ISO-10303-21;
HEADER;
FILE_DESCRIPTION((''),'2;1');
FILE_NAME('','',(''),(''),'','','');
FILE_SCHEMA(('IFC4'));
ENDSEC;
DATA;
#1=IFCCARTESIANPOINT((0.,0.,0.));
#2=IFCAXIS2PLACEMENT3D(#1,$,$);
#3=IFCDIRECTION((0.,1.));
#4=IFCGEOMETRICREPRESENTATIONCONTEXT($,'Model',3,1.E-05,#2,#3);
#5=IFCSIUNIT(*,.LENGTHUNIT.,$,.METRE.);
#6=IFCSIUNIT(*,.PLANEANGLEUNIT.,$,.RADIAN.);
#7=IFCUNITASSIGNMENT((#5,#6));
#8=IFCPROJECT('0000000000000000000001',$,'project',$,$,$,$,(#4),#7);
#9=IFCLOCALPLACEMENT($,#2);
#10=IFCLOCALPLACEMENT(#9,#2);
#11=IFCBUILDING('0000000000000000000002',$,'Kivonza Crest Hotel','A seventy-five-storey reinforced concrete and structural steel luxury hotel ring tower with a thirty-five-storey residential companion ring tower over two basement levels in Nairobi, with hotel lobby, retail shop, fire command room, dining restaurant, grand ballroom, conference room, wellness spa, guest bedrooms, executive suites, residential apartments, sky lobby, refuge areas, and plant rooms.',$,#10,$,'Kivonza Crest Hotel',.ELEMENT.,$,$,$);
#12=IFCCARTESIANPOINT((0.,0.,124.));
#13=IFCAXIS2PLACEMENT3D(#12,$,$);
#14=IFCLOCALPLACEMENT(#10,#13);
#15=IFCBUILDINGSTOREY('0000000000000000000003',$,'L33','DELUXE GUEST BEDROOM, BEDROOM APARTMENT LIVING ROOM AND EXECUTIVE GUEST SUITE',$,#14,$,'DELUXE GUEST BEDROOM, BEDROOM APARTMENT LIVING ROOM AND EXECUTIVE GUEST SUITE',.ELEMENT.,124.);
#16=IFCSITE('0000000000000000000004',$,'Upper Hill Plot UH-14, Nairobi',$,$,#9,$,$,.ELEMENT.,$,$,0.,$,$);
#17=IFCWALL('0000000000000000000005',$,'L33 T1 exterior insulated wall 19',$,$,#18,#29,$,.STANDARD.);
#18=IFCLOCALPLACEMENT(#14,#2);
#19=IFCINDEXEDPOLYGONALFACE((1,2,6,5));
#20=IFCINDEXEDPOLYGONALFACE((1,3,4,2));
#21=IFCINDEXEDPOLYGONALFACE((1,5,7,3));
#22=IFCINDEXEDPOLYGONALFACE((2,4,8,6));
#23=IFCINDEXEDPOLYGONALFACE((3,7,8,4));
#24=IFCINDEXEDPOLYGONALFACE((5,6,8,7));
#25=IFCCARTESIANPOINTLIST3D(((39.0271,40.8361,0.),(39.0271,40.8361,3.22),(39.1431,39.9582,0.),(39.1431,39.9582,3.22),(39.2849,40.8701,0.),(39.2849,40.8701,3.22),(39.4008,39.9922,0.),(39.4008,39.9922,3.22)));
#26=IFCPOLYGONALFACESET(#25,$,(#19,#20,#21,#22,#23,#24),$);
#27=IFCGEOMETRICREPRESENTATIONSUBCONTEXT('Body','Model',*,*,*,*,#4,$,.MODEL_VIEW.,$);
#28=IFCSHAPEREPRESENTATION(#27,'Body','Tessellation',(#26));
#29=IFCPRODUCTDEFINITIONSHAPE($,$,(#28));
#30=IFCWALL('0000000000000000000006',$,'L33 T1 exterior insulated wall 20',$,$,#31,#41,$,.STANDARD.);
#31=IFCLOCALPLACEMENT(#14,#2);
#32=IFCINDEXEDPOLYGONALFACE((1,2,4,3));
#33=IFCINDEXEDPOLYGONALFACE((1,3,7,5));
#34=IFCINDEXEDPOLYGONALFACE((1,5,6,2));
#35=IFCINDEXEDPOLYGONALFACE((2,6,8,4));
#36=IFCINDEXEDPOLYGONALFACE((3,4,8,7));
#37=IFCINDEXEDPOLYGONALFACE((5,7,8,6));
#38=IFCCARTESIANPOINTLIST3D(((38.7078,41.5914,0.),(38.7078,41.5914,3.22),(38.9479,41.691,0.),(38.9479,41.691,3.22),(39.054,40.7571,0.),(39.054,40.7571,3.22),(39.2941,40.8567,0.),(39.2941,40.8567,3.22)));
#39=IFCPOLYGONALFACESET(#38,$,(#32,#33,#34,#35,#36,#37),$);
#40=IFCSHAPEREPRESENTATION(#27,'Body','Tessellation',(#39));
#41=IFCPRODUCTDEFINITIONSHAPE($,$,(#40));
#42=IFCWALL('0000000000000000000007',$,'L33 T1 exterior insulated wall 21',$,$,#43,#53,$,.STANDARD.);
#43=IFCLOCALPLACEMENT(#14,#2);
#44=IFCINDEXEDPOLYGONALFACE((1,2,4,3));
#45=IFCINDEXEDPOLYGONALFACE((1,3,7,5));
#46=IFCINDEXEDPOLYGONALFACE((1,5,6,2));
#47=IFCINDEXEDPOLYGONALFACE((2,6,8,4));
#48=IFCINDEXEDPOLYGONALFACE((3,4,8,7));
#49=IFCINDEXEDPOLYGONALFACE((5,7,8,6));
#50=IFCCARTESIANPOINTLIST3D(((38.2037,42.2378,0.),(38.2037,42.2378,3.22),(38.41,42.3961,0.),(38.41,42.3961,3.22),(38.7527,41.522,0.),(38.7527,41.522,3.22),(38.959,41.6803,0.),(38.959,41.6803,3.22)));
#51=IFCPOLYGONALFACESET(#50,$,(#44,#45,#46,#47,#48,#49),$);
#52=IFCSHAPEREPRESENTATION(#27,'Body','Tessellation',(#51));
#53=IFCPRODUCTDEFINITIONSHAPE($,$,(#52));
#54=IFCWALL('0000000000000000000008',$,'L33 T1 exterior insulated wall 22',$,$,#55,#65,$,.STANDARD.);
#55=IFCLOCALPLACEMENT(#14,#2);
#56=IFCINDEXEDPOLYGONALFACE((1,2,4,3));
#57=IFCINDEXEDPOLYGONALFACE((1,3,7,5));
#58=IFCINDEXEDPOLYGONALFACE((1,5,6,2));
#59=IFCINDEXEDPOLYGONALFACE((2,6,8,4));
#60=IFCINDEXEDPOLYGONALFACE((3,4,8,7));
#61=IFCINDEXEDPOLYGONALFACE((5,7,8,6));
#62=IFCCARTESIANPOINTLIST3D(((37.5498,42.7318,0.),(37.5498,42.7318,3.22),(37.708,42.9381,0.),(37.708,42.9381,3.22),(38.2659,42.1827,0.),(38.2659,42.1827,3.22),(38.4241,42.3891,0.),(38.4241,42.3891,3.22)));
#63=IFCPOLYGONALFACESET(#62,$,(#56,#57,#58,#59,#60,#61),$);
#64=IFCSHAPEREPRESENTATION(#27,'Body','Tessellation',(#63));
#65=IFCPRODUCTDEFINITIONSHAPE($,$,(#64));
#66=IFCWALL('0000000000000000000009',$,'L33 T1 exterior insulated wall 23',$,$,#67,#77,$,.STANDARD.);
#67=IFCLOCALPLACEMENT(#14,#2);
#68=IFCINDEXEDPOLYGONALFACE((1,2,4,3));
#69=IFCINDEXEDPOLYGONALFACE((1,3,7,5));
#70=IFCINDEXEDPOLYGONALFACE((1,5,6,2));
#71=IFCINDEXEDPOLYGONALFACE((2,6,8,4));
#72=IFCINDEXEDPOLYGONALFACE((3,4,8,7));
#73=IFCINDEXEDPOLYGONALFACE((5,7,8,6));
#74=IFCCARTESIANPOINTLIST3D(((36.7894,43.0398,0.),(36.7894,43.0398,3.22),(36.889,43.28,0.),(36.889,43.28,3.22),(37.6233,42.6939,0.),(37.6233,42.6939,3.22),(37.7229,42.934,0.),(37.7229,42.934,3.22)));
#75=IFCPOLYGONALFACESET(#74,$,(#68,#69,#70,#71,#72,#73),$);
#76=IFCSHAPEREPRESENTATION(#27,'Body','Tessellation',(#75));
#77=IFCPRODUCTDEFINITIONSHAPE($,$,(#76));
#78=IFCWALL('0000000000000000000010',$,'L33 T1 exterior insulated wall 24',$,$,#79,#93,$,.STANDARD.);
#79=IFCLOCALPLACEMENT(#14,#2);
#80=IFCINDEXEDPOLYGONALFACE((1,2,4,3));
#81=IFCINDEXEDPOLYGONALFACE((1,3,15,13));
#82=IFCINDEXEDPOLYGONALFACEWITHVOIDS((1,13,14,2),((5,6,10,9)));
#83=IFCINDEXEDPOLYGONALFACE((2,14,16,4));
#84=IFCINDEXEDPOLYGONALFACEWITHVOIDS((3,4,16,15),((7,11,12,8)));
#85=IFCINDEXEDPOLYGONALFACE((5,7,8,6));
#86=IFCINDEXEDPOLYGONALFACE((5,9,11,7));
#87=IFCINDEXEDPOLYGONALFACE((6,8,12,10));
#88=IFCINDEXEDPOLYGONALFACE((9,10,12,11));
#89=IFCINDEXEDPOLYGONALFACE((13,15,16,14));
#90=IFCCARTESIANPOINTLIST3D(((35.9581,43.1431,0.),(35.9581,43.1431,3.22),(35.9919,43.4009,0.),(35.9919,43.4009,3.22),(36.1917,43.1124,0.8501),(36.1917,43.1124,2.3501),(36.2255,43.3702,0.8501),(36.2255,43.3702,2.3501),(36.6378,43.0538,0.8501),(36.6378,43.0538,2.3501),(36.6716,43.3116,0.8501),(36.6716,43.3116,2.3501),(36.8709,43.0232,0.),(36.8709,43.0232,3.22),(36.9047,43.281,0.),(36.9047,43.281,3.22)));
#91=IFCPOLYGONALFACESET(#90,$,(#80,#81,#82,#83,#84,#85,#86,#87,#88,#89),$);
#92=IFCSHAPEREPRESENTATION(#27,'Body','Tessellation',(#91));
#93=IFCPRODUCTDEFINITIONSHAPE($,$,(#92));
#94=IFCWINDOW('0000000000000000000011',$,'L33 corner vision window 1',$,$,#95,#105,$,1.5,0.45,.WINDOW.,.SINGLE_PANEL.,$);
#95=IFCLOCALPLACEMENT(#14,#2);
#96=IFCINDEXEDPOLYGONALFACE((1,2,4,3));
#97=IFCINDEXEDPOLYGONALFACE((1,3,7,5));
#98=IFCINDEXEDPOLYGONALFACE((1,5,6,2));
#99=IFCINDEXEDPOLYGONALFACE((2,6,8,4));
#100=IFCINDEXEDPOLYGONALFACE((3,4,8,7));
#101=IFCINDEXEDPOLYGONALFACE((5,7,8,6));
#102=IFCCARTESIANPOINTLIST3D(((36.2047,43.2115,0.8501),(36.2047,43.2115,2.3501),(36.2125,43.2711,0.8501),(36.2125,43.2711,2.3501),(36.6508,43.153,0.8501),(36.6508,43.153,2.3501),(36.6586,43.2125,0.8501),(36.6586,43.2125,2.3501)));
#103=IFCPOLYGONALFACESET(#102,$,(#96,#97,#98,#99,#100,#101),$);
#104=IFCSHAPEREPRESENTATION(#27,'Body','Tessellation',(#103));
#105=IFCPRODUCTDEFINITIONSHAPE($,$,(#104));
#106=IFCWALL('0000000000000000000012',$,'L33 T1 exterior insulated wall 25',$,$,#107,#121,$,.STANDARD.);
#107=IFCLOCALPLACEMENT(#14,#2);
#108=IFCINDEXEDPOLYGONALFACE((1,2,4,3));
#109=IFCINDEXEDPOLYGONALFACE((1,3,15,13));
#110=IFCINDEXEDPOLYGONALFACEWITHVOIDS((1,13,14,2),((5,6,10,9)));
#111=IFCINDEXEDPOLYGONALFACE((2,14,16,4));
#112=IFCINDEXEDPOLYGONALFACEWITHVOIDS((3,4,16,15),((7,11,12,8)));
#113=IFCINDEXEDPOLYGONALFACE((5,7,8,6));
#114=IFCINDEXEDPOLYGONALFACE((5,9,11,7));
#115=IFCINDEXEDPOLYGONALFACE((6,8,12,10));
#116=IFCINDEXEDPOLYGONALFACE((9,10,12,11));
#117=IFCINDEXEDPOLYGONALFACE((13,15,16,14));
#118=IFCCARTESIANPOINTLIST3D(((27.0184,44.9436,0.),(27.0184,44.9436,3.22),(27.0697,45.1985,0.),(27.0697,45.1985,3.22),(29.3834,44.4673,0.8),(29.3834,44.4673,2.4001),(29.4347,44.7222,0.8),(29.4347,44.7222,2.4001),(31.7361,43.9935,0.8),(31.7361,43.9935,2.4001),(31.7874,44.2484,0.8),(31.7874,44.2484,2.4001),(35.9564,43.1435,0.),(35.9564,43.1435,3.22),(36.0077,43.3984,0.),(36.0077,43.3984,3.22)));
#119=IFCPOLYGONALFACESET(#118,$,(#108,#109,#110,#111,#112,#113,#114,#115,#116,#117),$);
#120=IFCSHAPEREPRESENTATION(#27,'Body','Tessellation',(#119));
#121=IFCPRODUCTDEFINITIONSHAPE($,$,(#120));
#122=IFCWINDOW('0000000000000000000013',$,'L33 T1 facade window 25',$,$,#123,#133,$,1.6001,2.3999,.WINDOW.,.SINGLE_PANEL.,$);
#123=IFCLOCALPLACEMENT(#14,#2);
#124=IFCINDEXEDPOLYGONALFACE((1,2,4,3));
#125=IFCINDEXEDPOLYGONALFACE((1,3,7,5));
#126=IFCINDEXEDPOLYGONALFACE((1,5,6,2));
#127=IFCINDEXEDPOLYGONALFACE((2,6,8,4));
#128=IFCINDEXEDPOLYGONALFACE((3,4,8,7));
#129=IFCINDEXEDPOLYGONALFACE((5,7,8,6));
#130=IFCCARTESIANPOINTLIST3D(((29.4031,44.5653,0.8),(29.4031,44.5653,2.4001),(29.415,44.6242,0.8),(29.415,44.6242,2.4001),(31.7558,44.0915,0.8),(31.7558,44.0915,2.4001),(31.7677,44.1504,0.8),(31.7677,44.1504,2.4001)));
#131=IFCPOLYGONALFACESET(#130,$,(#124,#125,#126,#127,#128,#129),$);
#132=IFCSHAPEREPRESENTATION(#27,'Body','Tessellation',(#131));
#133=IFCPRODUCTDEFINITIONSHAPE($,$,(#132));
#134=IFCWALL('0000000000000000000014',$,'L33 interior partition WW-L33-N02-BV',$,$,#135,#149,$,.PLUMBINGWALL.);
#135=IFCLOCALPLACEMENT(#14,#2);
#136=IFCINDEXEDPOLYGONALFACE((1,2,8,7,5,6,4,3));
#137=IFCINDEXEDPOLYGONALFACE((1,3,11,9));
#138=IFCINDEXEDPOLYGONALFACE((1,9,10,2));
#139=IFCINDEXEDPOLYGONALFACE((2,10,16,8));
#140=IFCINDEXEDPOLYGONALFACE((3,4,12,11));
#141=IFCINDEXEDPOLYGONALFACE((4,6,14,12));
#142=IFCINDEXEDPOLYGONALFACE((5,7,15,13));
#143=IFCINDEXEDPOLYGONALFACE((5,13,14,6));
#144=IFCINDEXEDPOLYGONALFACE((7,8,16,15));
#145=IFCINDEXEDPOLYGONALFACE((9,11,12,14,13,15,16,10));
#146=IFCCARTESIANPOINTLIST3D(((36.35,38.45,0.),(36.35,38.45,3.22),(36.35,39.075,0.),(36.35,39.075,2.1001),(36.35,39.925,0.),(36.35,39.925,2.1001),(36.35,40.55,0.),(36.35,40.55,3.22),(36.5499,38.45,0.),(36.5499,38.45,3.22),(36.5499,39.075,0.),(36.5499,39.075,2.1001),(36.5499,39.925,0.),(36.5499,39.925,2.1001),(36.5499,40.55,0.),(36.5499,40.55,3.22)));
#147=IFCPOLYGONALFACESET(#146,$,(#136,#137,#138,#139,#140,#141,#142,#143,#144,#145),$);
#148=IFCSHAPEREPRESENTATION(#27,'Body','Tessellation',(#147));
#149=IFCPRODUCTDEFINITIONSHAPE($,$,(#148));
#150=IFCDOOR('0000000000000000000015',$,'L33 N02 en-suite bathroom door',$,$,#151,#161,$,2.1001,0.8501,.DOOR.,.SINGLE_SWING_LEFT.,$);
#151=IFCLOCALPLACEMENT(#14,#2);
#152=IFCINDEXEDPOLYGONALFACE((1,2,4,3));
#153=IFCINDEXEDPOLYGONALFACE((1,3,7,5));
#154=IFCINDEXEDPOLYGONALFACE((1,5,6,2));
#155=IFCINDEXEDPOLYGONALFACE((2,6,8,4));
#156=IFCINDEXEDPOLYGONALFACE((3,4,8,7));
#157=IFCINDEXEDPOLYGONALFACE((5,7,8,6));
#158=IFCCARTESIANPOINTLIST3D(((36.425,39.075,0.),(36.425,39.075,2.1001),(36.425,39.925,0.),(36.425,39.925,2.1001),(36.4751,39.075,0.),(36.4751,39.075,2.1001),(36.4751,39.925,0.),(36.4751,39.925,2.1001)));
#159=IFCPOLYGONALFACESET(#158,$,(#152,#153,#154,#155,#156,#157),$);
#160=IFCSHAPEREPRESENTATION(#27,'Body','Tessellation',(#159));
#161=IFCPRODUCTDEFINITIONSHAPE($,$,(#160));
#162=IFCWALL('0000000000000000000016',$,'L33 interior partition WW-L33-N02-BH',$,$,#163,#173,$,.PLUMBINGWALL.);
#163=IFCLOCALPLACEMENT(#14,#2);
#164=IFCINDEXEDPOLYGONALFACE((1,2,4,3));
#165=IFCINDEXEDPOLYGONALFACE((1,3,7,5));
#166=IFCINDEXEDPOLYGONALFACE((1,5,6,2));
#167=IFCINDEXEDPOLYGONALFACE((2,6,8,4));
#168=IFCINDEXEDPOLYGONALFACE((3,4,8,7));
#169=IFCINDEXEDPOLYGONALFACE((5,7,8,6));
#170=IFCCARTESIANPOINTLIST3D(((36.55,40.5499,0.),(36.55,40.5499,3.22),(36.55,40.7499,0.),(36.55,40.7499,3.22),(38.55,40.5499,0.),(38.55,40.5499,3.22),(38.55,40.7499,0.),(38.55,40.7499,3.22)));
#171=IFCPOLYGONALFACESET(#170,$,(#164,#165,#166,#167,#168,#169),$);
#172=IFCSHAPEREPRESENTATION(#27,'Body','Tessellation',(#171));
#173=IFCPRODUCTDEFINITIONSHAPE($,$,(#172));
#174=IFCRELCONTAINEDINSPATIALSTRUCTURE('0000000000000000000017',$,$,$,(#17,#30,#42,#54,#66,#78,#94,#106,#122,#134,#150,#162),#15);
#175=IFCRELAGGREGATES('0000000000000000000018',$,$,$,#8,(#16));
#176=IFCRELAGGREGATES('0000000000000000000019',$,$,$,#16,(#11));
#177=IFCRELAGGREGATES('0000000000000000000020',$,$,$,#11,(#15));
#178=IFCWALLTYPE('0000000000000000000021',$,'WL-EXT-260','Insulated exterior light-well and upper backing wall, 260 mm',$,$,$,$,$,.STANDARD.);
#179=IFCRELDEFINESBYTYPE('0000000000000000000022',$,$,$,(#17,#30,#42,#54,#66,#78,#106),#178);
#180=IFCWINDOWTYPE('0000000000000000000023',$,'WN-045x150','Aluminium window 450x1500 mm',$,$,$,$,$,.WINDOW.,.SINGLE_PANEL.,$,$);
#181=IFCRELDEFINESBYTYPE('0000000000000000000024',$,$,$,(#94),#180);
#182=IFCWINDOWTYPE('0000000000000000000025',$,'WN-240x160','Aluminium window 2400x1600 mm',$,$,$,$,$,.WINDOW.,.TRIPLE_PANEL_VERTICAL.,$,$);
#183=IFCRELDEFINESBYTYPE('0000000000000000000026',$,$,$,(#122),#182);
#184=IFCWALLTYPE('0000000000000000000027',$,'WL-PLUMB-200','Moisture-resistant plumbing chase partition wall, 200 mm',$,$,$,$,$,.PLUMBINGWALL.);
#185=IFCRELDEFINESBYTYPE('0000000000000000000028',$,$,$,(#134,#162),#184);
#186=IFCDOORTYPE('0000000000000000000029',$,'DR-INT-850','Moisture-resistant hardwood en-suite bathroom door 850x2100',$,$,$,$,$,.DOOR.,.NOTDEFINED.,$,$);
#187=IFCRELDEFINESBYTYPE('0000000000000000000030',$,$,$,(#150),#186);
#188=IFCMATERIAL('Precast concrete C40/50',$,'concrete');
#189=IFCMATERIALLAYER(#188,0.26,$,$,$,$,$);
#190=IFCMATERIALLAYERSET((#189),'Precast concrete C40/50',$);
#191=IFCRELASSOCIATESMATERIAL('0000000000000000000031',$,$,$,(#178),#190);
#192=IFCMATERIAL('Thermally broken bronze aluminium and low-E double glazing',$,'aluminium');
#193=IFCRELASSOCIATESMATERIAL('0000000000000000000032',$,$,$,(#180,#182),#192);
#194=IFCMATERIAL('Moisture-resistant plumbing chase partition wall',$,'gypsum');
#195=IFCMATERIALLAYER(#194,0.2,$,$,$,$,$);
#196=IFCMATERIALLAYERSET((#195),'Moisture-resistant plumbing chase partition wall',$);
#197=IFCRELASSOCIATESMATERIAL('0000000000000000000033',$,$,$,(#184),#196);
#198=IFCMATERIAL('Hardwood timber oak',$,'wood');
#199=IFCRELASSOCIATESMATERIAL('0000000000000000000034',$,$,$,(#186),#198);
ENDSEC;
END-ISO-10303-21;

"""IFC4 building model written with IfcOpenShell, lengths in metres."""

from ifc_helpers import new_model, si_unit, direction, frame, frame_2d, origin, place, context, subcontext, project, spatial, rectangle, extrude, material, layer, layer_set, type_object, element, fill, save


model = new_model("IFC4")

# Units and contexts
model_context = context("Model", 3, precision=1e-05, world=origin(), true_north=direction((0.0, 1.0)))
body_context = subcontext(model_context, "Body", "Model", "MODEL_VIEW")
ifc_project = project(units=[si_unit("LENGTHUNIT", "METRE"), si_unit("PLANEANGLEUNIT", "RADIAN")], contexts=[model_context])

# Site, building, storey
site_placement = place(None, origin())
site = spatial("IfcSite", under=ifc_project, at=site_placement, Name="Upper Hill Plot UH-14, Nairobi", CompositionType="ELEMENT", RefElevation=0.0)
building_placement = place(site_placement, origin())
building = spatial("IfcBuilding", under=site, at=building_placement, Name="Kivonza Crest Hotel", Description="A seventy-five-storey reinforced concrete and structural steel luxury hotel ring tower with a thirty-five-storey residential companion ring tower over two basement levels in Nairobi, with hotel lobby, retail shop, fire command room, dining restaurant, grand ballroom, conference room, wellness spa, guest bedrooms, executive suites, residential apartments, sky lobby, refuge areas, and plant rooms.", LongName="Kivonza Crest Hotel", CompositionType="ELEMENT")
storey_placement = place(building_placement, frame((0.0, 0.0, 124.0)))
storey = spatial("IfcBuildingStorey", under=building, at=storey_placement, Name="L33", Description="DELUXE GUEST BEDROOM, BEDROOM APARTMENT LIVING ROOM AND EXECUTIVE GUEST SUITE", LongName="DELUXE GUEST BEDROOM, BEDROOM APARTMENT LIVING ROOM AND EXECUTIVE GUEST SUITE", CompositionType="ELEMENT", Elevation=124.0)

# Shared definitions
ifc_material_1 = material(Name="Hardwood timber oak", Category="wood")

# Walls
ifc_material_2 = material(Name="Precast concrete C40/50", Category="concrete")
ifc_layer_1 = layer(ifc_material_2, 0.26)
ifc_layer_set_1 = layer_set([ifc_layer_1], Name="Precast concrete C40/50")
wall_type_1 = type_object("IfcWallType", Name="WL-EXT-260", Description="Insulated exterior light-well and upper backing wall, 260 mm", PredefinedType="STANDARD", material=ifc_layer_set_1)
wall_1_placement = place(storey_placement, frame((39.272, 39.9751, 0.0), z_axis=(0.0, 0.0, 1.0), x_axis=(-0.130954, 0.991388, 0.0)))
element("IfcWall", 1, at=wall_1_placement, inside=storey, type_object=wall_type_1, Name="L33 T1 exterior insulated wall 19", PredefinedType="STANDARD", context=body_context, shape_type="SweptSolid", body=[
    extrude(rectangle(XDim=0.8855, YDim=0.26, at=frame_2d((0.4429, 0.0))), origin(), (0.0, 0.0, 1.0), 3.22),
])
wall_2_placement = place(storey_placement, frame((39.1741, 40.8069, 0.0), z_axis=(0.0, 0.0, 1.0), x_axis=(-0.383291, 0.923628, 0.0)))
element("IfcWall", 2, at=wall_2_placement, inside=storey, type_object=wall_type_1, Name="L33 T1 exterior insulated wall 20", PredefinedType="STANDARD", context=body_context, shape_type="SweptSolid", body=[
    extrude(rectangle(XDim=0.9033, YDim=0.26, at=frame_2d((0.4517, 0.0))), origin(), (0.0, 0.0, 1.0), 3.22),
])
wall_3_placement = place(storey_placement, frame((38.856, 41.6011, 0.0), z_axis=(0.0, 0.0, 1.0), x_axis=(-0.608625, 0.793458, 0.0)))
element("IfcWall", 3, at=wall_3_placement, inside=storey, type_object=wall_type_1, Name="L33 T1 exterior insulated wall 21", PredefinedType="STANDARD", context=body_context, shape_type="SweptSolid", body=[
    extrude(rectangle(XDim=0.9021, YDim=0.26, at=frame_2d((0.4512, 0.0))), origin(), (0.0, 0.0, 1.0), 3.22),
])
wall_4_placement = place(storey_placement, frame((38.345, 42.2859, 0.0), z_axis=(0.0, 0.0, 1.0), x_axis=(-0.793558, 0.608494, 0.0)))
element("IfcWall", 4, at=wall_4_placement, inside=storey, type_object=wall_type_1, Name="L33 T1 exterior insulated wall 22", PredefinedType="STANDARD", context=body_context, shape_type="SweptSolid", body=[
    extrude(rectangle(XDim=0.9023, YDim=0.26, at=frame_2d((0.4512, 0.0))), origin(), (0.0, 0.0, 1.0), 3.22),
])
wall_5_placement = place(storey_placement, frame((37.6731, 42.814, 0.0), z_axis=(0.0, 0.0, 1.0), x_axis=(-0.923684, 0.383156, 0.0)))
element("IfcWall", 5, at=wall_5_placement, inside=storey, type_object=wall_type_1, Name="L33 T1 exterior insulated wall 23", PredefinedType="STANDARD", context=body_context, shape_type="SweptSolid", body=[
    extrude(rectangle(XDim=0.9028, YDim=0.26, at=frame_2d((0.4514, 0.0))), origin(), (0.0, 0.0, 1.0), 3.22),
])

# Walls, openings, windows
wall_6_placement = place(storey_placement, frame((36.8879, 43.1521, 0.0), z_axis=(0.0, 0.0, 1.0), x_axis=(-0.991488, 0.130201, 0.0)))
wall_6 = element("IfcWall", 6, at=wall_6_placement, inside=storey, type_object=wall_type_1, Name="L33 T1 exterior insulated wall 24", PredefinedType="STANDARD", context=body_context, shape_type="SweptSolid", body=[
    extrude(rectangle(XDim=0.9207, YDim=0.26, at=frame_2d((0.4604, 0.0))), origin(), (0.0, 0.0, 1.0), 3.22),
])
opening_1_placement = place(wall_6_placement, frame((0.2351, 0.0, 0.8501)))
opening_1 = element("IfcOpeningElement", 7, at=opening_1_placement, cuts=wall_6, PredefinedType="OPENING", context=body_context, shape_type="SweptSolid", body=[
    extrude(rectangle(XDim=0.45, YDim=1.5, at=frame_2d((0.2251, 0.75))), frame((0.0, 0.1401, 0.0), z_axis=(0.0, -1.0, 0.0), x_axis=(1.0, 0.0, 0.0)), (0.0, 0.0, 1.0), 0.28),
])
ifc_material_3 = material(Name="Thermally broken bronze aluminium and low-E double glazing", Category="aluminium")
window_type_1 = type_object("IfcWindowType", Name="WN-045x150", Description="Aluminium window 450x1500 mm", PartitioningType="SINGLE_PANEL", PredefinedType="WINDOW", material=ifc_material_3)
window_1_placement = place(opening_1_placement, origin())
window_1 = element("IfcWindow", 8, at=window_1_placement, inside=storey, type_object=window_type_1, Name="L33 corner vision window 1", OverallHeight=1.5, OverallWidth=0.45, PartitioningType="SINGLE_PANEL", PredefinedType="WINDOW", context=body_context, shape_type="SweptSolid", body=[
    extrude(rectangle(XDim=0.45, YDim=1.5, at=frame_2d((0.2251, 0.75))), frame((0.0, 0.03, 0.0), z_axis=(0.0, -1.0, 0.0), x_axis=(1.0, 0.0, 0.0)), (0.0, 0.0, 1.0), 0.0601),
])
fill(opening_1, window_1)
wall_7_placement = place(storey_placement, frame((35.9819, 43.271, 0.0), z_axis=(0.0, 0.0, 1.0), x_axis=(-0.980317, 0.197429, 0.0)))
wall_7 = element("IfcWall", 9, at=wall_7_placement, inside=storey, type_object=wall_type_1, Name="L33 T1 exterior insulated wall 25", PredefinedType="STANDARD", context=body_context, shape_type="SweptSolid", body=[
    extrude(rectangle(XDim=9.1174, YDim=0.26, at=frame_2d((4.5586, 0.0))), origin(), (0.0, 0.0, 1.0), 3.22),
])
opening_2_placement = place(wall_7_placement, frame((4.3049, 0.0, 0.8)))
opening_2 = element("IfcOpeningElement", 10, at=opening_2_placement, cuts=wall_7, PredefinedType="OPENING", context=body_context, shape_type="SweptSolid", body=[
    extrude(rectangle(XDim=2.3999, YDim=1.6001, at=frame_2d((1.2, 0.8))), frame((0.0, 0.1401, 0.0), z_axis=(0.0, -1.0, 0.0), x_axis=(1.0, 0.0, 0.0)), (0.0, 0.0, 1.0), 0.28),
])
window_type_2 = type_object("IfcWindowType", Name="WN-240x160", Description="Aluminium window 2400x1600 mm", PartitioningType="TRIPLE_PANEL_VERTICAL", PredefinedType="WINDOW", material=ifc_material_3)
window_2_placement = place(opening_2_placement, origin())
window_2 = element("IfcWindow", 11, at=window_2_placement, inside=storey, type_object=window_type_2, Name="L33 T1 facade window 25", OverallHeight=1.6001, OverallWidth=2.3999, PartitioningType="SINGLE_PANEL", PredefinedType="WINDOW", context=body_context, shape_type="SweptSolid", body=[
    extrude(rectangle(XDim=2.3999, YDim=1.6001, at=frame_2d((1.2, 0.8))), frame((0.0, 0.03, 0.0), z_axis=(0.0, -1.0, 0.0), x_axis=(1.0, 0.0, 0.0)), (0.0, 0.0, 1.0), 0.0601),
])
fill(opening_2, window_2)

# Wall, opening, door
ifc_material_4 = material(Name="Moisture-resistant plumbing chase partition wall", Category="gypsum")
ifc_layer_2 = layer(ifc_material_4, 0.2)
ifc_layer_set_2 = layer_set([ifc_layer_2], Name="Moisture-resistant plumbing chase partition wall")
wall_type_2 = type_object("IfcWallType", Name="WL-PLUMB-200", Description="Moisture-resistant plumbing chase partition wall, 200 mm", PredefinedType="PLUMBINGWALL", material=ifc_layer_set_2)
wall_8_placement = place(storey_placement, frame((36.45, 38.45, 0.0), z_axis=(0.0, 0.0, 1.0), x_axis=(0.0, 1.0, 0.0)))
wall_8 = element("IfcWall", 12, at=wall_8_placement, inside=storey, type_object=wall_type_2, Name="L33 interior partition WW-L33-N02-BV", PredefinedType="PLUMBINGWALL", context=body_context, shape_type="SweptSolid", body=[
    extrude(rectangle(XDim=2.1001, YDim=0.2, at=frame_2d((1.05, 0.0))), origin(), (0.0, 0.0, 1.0), 3.22),
])
opening_3_placement = place(wall_8_placement, frame((0.625, 0.0, 0.0)))
opening_3 = element("IfcOpeningElement", 13, at=opening_3_placement, cuts=wall_8, PredefinedType="OPENING", context=body_context, shape_type="SweptSolid", body=[
    extrude(rectangle(XDim=0.8501, YDim=2.1001, at=frame_2d((0.425, 1.05))), frame((0.0, 0.1099, 0.0), z_axis=(0.0, -1.0, 0.0), x_axis=(1.0, 0.0, 0.0)), (0.0, 0.0, 1.0), 0.22),
])
door_type_1 = type_object("IfcDoorType", Name="DR-INT-850", Description="Moisture-resistant hardwood en-suite bathroom door 850x2100", OperationType="NOTDEFINED", PredefinedType="DOOR", material=ifc_material_1)
door_1_placement = place(opening_3_placement, origin())
door_1 = element("IfcDoor", 14, at=door_1_placement, inside=storey, type_object=door_type_1, Name="L33 N02 en-suite bathroom door", OperationType="SINGLE_SWING_LEFT", OverallHeight=2.1001, OverallWidth=0.8501, PredefinedType="DOOR", context=body_context, shape_type="SweptSolid", body=[
    extrude(rectangle(XDim=0.8501, YDim=2.1001, at=frame_2d((0.425, 1.05))), frame((0.0, 0.0249, 0.0), z_axis=(0.0, -1.0, 0.0), x_axis=(1.0, 0.0, 0.0)), (0.0, 0.0, 1.0), 0.05),
])
fill(opening_3, door_1)

# Wall
wall_9_placement = place(storey_placement, frame((36.55, 40.6499, 0.0), z_axis=(0.0, 0.0, 1.0), x_axis=(1.0, 0.0, 0.0)))
element("IfcWall", 15, at=wall_9_placement, inside=storey, type_object=wall_type_2, Name="L33 interior partition WW-L33-N02-BH", PredefinedType="PLUMBINGWALL", context=body_context, shape_type="SweptSolid", body=[
    extrude(rectangle(XDim=2.0, YDim=0.2, at=frame_2d((1.0, 0.0))), origin(), (0.0, 0.0, 1.0), 3.22),
])

save(model, "model.ifc")
